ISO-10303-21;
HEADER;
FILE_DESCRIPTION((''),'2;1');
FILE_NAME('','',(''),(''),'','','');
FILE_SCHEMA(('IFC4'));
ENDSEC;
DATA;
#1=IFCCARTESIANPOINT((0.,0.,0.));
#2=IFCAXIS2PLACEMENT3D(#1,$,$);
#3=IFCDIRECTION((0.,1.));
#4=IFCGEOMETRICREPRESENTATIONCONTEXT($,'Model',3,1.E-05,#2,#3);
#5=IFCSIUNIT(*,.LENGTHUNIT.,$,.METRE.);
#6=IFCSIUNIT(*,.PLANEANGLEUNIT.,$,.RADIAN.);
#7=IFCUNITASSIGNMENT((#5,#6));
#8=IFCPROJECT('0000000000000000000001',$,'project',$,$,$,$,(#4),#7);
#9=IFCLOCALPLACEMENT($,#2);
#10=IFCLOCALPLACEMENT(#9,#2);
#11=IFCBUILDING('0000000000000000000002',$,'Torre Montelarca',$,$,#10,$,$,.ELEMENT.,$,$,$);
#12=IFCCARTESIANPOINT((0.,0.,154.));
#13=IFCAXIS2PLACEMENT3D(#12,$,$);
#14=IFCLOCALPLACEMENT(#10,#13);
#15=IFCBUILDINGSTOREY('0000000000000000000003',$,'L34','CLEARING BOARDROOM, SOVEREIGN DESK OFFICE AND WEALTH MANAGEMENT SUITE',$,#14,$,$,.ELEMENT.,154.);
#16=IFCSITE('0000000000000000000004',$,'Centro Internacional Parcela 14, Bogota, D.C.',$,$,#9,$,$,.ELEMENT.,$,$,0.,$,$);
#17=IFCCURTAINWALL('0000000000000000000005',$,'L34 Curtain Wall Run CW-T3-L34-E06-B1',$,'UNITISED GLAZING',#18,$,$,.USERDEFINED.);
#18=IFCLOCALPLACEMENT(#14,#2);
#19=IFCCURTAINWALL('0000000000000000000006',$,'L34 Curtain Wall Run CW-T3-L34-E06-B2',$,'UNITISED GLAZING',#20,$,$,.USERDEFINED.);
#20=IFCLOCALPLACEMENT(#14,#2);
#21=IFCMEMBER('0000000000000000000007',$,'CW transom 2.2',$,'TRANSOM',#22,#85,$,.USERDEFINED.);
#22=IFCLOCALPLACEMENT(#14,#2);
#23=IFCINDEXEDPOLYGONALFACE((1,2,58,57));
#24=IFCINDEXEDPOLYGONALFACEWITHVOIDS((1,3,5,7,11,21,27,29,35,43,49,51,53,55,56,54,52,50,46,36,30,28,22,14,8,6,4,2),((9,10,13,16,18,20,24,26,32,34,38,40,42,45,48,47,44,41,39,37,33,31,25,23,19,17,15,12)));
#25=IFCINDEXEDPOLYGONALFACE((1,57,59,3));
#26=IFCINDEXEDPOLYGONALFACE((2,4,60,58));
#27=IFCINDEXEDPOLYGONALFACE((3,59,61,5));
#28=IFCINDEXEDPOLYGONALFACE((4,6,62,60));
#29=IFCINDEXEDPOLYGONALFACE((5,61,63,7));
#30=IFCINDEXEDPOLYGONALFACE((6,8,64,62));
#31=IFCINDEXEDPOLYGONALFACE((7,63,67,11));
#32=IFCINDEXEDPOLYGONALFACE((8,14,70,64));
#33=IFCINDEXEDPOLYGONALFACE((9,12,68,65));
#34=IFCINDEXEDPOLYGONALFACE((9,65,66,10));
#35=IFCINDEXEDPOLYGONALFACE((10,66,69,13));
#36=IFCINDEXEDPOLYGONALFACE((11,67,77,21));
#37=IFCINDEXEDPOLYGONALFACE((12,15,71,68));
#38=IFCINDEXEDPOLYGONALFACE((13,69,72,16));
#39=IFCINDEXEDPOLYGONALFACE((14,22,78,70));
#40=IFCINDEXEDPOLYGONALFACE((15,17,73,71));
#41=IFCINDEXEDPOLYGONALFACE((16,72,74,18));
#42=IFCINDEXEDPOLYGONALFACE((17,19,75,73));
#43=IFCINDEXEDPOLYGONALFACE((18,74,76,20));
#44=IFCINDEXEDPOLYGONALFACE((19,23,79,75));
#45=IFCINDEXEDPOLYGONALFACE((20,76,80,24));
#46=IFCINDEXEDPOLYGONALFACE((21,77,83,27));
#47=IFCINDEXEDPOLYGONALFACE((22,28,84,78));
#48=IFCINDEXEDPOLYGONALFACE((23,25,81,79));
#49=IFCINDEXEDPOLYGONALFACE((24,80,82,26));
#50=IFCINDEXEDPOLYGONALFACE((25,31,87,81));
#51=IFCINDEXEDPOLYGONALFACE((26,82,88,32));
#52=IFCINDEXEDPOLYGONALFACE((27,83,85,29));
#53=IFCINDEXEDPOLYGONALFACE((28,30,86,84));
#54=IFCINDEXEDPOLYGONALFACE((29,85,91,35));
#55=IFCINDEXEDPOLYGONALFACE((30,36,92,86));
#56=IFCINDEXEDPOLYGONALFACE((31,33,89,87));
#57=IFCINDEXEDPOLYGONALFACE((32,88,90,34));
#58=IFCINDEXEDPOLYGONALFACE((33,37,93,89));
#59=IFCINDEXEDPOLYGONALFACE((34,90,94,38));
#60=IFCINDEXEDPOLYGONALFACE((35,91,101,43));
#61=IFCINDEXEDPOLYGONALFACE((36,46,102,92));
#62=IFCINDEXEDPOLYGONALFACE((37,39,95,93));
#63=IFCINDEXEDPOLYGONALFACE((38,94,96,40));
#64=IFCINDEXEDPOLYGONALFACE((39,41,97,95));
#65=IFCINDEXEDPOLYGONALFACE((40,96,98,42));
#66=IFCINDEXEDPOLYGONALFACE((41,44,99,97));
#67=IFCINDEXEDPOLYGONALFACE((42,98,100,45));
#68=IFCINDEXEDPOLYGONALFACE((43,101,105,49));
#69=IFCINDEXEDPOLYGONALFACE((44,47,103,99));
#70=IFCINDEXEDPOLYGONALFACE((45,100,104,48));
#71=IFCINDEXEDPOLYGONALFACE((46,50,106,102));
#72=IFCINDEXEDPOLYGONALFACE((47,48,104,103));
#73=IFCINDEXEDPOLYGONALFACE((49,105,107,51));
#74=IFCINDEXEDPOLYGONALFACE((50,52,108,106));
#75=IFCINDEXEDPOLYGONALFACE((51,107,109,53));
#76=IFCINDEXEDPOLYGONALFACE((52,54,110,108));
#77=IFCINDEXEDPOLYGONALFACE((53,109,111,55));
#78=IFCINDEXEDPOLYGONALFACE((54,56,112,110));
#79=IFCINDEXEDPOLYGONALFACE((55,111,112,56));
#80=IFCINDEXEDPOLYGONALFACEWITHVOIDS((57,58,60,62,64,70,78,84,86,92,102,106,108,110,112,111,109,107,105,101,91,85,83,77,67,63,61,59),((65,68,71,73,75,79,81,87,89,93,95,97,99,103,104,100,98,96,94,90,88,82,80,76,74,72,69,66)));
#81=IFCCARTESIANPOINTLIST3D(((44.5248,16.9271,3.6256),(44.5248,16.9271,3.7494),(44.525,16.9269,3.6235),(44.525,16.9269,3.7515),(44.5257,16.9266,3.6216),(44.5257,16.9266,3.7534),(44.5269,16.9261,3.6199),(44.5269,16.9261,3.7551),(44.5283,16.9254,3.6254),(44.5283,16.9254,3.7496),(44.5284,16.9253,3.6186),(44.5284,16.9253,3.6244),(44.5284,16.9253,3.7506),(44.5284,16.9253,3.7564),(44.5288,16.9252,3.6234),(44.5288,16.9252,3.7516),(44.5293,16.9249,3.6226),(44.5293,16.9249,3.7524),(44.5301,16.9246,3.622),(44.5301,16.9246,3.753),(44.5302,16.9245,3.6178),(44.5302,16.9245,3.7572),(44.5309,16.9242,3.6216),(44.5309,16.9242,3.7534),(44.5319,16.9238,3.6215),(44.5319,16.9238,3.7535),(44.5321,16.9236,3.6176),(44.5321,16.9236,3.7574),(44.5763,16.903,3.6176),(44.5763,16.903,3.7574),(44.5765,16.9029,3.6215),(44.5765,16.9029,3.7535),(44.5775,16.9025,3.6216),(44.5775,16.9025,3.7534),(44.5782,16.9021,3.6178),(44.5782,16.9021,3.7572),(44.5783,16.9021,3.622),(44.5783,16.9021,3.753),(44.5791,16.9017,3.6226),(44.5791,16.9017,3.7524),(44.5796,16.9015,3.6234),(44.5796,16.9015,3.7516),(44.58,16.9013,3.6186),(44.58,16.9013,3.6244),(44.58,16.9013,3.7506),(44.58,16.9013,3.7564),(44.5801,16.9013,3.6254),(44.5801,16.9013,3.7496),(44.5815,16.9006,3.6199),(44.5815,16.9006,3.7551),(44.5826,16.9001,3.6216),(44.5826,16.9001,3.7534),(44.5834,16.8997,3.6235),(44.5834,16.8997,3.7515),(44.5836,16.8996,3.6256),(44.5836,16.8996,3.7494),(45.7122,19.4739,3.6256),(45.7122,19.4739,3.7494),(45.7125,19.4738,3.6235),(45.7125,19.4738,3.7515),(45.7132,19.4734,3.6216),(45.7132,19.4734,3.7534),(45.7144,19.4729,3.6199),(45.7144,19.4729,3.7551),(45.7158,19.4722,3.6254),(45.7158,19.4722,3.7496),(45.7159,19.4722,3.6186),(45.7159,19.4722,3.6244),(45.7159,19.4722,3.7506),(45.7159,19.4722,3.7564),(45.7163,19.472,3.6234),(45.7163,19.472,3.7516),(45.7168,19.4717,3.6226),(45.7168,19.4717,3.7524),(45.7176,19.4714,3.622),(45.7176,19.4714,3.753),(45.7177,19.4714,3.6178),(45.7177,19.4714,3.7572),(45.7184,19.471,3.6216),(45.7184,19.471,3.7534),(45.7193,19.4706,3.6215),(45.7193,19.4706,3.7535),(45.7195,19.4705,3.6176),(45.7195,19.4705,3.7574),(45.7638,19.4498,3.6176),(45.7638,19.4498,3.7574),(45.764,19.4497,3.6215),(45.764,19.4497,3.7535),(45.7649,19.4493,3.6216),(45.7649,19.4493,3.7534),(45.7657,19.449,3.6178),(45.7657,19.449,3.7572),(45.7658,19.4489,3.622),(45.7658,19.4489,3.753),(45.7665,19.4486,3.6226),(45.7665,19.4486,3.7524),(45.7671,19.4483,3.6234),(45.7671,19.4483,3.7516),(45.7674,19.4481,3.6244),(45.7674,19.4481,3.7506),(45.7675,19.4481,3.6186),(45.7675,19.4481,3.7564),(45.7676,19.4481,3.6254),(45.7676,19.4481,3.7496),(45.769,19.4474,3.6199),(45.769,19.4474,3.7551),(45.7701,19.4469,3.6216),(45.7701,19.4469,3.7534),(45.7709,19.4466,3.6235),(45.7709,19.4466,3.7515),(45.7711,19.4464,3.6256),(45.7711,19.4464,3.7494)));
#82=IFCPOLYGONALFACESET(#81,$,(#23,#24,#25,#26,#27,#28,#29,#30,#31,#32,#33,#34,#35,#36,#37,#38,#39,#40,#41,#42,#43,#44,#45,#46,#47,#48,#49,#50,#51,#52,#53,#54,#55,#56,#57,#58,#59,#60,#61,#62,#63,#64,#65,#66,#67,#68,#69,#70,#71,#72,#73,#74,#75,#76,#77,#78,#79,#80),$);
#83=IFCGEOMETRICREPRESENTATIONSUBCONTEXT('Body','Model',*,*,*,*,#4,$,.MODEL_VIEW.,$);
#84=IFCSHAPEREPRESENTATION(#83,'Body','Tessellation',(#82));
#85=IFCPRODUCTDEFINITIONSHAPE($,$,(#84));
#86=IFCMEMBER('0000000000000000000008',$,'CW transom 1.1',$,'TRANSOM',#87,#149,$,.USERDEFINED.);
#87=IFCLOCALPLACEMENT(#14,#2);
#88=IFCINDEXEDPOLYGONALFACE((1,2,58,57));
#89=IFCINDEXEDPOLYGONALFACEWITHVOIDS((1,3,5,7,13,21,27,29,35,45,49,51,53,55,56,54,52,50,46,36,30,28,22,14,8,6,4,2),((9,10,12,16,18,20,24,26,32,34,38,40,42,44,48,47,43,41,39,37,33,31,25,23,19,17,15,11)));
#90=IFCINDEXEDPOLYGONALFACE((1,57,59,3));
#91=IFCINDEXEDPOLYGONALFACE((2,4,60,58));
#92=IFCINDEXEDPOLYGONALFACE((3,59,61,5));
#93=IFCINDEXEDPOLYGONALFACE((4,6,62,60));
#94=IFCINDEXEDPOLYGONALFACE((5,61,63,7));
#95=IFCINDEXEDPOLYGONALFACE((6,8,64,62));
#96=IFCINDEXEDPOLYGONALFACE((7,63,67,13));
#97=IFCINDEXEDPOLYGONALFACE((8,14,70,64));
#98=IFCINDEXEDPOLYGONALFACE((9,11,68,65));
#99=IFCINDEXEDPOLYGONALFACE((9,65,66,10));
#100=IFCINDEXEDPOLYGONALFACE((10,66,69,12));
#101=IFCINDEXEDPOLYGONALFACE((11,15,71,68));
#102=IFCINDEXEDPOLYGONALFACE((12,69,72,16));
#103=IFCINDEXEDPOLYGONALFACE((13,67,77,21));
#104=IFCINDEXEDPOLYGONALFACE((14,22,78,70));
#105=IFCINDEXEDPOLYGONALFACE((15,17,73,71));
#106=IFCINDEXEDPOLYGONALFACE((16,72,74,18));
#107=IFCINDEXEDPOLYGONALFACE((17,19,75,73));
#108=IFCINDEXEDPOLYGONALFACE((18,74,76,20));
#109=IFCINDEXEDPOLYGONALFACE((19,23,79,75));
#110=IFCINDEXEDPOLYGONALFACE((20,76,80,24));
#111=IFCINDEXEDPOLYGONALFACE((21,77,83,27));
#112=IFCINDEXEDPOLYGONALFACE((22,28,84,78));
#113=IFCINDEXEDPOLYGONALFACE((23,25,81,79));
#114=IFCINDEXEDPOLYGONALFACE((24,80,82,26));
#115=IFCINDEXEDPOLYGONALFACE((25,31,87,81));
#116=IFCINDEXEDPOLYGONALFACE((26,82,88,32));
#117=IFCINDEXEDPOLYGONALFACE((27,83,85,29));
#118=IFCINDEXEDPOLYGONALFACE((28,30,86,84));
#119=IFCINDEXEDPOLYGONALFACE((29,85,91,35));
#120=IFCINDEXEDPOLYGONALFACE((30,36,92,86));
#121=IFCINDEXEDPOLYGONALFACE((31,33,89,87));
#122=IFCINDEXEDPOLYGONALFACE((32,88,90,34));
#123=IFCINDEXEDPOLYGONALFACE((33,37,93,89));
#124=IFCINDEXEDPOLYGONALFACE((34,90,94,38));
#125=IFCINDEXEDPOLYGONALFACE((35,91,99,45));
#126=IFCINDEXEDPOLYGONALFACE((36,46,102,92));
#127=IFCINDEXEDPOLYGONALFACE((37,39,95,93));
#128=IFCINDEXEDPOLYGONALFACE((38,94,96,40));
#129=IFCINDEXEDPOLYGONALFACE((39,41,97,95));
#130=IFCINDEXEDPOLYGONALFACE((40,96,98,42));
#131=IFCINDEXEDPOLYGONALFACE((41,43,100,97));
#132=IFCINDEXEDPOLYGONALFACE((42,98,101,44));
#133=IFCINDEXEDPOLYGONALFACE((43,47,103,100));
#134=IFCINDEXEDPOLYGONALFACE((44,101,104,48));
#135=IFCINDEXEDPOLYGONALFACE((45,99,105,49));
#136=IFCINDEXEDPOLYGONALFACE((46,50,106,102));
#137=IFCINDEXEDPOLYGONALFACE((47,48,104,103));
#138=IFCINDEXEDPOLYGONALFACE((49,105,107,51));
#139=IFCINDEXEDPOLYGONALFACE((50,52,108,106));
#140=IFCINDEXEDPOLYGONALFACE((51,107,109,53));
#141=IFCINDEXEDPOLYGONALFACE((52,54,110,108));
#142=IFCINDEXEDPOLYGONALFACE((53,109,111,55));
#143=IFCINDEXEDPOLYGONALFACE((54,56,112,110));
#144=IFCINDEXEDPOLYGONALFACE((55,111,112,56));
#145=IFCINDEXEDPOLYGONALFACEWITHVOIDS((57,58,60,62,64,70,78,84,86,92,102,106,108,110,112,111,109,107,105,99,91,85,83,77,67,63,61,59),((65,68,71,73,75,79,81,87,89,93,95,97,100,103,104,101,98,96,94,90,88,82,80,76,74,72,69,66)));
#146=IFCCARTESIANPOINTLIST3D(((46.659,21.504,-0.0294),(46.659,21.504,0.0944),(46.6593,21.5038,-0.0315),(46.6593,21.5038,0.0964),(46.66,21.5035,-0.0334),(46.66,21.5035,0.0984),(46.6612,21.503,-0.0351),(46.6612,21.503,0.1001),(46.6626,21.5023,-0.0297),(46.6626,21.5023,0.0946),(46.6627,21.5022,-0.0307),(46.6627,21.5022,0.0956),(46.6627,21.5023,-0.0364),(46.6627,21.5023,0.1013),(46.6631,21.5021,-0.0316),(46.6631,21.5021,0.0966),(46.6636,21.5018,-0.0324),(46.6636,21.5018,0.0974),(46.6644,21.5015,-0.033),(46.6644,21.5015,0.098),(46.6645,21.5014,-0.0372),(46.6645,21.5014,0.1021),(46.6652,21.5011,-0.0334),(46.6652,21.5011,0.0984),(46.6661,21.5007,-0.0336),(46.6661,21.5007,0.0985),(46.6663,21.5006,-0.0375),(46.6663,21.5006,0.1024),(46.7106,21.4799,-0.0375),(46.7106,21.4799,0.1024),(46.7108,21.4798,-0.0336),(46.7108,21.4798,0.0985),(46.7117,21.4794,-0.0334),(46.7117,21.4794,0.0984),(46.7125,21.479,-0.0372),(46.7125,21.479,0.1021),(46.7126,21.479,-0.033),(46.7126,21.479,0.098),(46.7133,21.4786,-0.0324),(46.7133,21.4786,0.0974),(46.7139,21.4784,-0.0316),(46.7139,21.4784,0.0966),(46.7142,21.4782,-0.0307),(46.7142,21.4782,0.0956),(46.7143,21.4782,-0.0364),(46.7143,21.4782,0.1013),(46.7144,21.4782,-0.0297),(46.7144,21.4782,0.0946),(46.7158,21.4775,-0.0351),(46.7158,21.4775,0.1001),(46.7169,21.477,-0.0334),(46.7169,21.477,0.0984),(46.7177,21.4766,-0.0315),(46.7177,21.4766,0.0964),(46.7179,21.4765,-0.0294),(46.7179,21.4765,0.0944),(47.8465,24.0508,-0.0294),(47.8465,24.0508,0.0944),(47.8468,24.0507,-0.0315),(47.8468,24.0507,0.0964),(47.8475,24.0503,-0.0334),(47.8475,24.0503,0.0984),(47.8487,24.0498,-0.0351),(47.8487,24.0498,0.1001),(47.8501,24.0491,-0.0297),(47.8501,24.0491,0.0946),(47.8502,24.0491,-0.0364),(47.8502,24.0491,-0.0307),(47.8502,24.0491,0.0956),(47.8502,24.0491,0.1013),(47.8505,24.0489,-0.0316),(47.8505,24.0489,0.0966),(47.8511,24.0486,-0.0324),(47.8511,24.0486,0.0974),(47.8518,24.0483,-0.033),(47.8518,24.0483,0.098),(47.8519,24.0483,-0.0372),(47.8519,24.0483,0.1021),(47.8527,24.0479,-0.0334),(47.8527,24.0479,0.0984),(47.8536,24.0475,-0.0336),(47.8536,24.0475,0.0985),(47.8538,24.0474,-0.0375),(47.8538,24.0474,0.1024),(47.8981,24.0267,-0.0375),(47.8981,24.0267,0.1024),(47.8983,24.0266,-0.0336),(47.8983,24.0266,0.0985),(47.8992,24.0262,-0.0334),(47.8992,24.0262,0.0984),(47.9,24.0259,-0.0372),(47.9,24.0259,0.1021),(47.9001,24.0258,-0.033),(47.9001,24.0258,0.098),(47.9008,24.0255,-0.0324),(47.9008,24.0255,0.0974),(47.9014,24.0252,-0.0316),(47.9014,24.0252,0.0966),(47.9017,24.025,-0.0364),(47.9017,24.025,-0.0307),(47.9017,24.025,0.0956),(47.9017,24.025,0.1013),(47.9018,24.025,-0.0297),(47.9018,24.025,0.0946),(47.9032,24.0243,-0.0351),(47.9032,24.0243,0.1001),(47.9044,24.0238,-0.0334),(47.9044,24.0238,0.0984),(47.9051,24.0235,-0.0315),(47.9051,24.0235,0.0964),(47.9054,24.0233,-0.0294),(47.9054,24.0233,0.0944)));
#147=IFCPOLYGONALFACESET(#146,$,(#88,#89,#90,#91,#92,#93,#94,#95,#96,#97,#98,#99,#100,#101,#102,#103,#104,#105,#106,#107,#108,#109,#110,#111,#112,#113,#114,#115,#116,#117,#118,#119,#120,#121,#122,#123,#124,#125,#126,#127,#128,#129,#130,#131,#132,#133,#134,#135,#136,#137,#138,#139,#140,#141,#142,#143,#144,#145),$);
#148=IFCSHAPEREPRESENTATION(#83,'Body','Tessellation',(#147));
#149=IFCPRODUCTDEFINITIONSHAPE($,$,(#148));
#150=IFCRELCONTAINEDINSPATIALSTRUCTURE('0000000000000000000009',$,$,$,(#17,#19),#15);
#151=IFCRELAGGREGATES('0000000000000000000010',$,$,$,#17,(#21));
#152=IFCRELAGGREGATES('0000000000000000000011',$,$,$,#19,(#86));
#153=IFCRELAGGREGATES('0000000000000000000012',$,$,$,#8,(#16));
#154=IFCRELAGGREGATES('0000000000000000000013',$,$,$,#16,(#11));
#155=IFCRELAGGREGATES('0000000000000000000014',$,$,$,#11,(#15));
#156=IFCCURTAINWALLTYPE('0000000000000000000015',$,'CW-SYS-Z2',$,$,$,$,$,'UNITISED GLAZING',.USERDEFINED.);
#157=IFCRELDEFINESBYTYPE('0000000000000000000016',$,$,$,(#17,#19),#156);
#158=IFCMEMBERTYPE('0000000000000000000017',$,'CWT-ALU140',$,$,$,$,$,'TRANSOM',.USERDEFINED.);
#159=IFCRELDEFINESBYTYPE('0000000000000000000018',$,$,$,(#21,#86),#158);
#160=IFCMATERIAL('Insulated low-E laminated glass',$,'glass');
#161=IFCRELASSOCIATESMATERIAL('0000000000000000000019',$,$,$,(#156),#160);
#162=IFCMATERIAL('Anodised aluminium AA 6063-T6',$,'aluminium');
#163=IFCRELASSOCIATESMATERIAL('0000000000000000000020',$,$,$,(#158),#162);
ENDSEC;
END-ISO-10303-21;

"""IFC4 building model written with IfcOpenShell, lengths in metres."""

from ifc_helpers import new_model, si_unit, direction, frame, origin, origin_2d, place, context, subcontext, project, spatial, hollow_rectangle, extrude, source, transform, mapped, material, material_profile, profile_set, type_object, element, aggregate, save


model = new_model("IFC4")

# Units and contexts
model_context = context("Model", 3, precision=1e-05, world=origin(), true_north=direction((0.0, 1.0)))
body_context = subcontext(model_context, "Body", "Model", "MODEL_VIEW")
ifc_project = project(units=[si_unit("LENGTHUNIT", "METRE"), si_unit("PLANEANGLEUNIT", "RADIAN")], contexts=[model_context])

# Site, building, storey
site_placement = place(None, origin())
site = spatial("IfcSite", under=ifc_project, at=site_placement, Name="Centro Internacional Parcela 14, Bogota, D.C.", CompositionType="ELEMENT", RefElevation=0.0)
building_placement = place(site_placement, origin())
building = spatial("IfcBuilding", under=site, at=building_placement, Name="Torre Montelarca", CompositionType="ELEMENT")
storey_placement = place(building_placement, frame((0.0, 0.0, 154.0)))
storey = spatial("IfcBuildingStorey", under=building, at=storey_placement, Name="L34", Description="CLEARING BOARDROOM, SOVEREIGN DESK OFFICE AND WEALTH MANAGEMENT SUITE", CompositionType="ELEMENT", Elevation=154.0)

# Curtain walls
ifc_material_1 = material(Name="Insulated low-E laminated glass", Category="glass")
curtain_wall_type = type_object("IfcCurtainWallType", Name="CW-SYS-Z2", ElementType="UNITISED GLAZING", PredefinedType="USERDEFINED", material=ifc_material_1)
ifc_material_2 = material(Name="Anodised aluminium AA 6063-T6", Category="aluminium")
ifc_material_profile_1 = material_profile(ifc_material_2, hollow_rectangle(XDim=0.0649, YDim=0.1399, WallThickness=0.0039, InnerFilletRadius=0.0039, OuterFilletRadius=0.0081, at=origin_2d()), Name="ALU65X140X4", Category="aluminium")
ifc_profile_set_1 = profile_set([ifc_material_profile_1], Name="Anodised aluminium AA 6063-T6")
member_type_1 = type_object("IfcMemberType", Name="CWT-ALU140", ElementType="TRANSOM", PredefinedType="USERDEFINED", material=ifc_profile_set_1)
curtain_wall_1_placement = place(storey_placement, origin())
curtain_wall_1 = element("IfcCurtainWall", 1, at=curtain_wall_1_placement, inside=storey, type_object=curtain_wall_type, Name="L34 Curtain Wall Run CW-T3-L34-E06-B1", ObjectType="UNITISED GLAZING", PredefinedType="USERDEFINED")
curtain_wall_2_placement = place(storey_placement, origin())
curtain_wall_2 = element("IfcCurtainWall", 2, at=curtain_wall_2_placement, inside=storey, type_object=curtain_wall_type, Name="L34 Curtain Wall Run CW-T3-L34-E06-B2", ObjectType="UNITISED GLAZING", PredefinedType="USERDEFINED")

# Members
shared_shape_1 = source(origin(), body_context, "Body", "SweptSolid", [
    extrude(hollow_rectangle(XDim=0.0649, YDim=0.1399, WallThickness=0.0039, InnerFilletRadius=0.0039, OuterFilletRadius=0.0081, at=origin_2d()), origin(), (0.0, 0.0, 1.0), 2.8101),
])
member_1_placement = place(storey_placement, frame((44.5542, 16.9133, 3.6875), z_axis=(0.422581, 0.906325, 0.0), x_axis=(-0.906325, 0.422581, 0.0)))
member_1 = element("IfcMember", 3, at=member_1_placement, type_object=member_type_1, Name="CW transom 2.2", ObjectType="TRANSOM", PredefinedType="USERDEFINED", context=body_context, shape_type="MappedRepresentation", body=[
    mapped(shared_shape_1, transform((0.0, 0.0, 0.0), scale=1.0)),
])
member_2_placement = place(storey_placement, frame((46.6885, 21.4902, 0.0325), z_axis=(0.422581, 0.906325, 0.0), x_axis=(-0.906325, 0.422581, 0.0)))
member_2 = element("IfcMember", 4, at=member_2_placement, type_object=member_type_1, Name="CW transom 1.1", ObjectType="TRANSOM", PredefinedType="USERDEFINED", context=body_context, shape_type="MappedRepresentation", body=[
    mapped(shared_shape_1, transform((0.0, 0.0, 0.0), scale=1.0)),
])

aggregate(curtain_wall_1, [member_1])
aggregate(curtain_wall_2, [member_2])

save(model, "model.ifc")
